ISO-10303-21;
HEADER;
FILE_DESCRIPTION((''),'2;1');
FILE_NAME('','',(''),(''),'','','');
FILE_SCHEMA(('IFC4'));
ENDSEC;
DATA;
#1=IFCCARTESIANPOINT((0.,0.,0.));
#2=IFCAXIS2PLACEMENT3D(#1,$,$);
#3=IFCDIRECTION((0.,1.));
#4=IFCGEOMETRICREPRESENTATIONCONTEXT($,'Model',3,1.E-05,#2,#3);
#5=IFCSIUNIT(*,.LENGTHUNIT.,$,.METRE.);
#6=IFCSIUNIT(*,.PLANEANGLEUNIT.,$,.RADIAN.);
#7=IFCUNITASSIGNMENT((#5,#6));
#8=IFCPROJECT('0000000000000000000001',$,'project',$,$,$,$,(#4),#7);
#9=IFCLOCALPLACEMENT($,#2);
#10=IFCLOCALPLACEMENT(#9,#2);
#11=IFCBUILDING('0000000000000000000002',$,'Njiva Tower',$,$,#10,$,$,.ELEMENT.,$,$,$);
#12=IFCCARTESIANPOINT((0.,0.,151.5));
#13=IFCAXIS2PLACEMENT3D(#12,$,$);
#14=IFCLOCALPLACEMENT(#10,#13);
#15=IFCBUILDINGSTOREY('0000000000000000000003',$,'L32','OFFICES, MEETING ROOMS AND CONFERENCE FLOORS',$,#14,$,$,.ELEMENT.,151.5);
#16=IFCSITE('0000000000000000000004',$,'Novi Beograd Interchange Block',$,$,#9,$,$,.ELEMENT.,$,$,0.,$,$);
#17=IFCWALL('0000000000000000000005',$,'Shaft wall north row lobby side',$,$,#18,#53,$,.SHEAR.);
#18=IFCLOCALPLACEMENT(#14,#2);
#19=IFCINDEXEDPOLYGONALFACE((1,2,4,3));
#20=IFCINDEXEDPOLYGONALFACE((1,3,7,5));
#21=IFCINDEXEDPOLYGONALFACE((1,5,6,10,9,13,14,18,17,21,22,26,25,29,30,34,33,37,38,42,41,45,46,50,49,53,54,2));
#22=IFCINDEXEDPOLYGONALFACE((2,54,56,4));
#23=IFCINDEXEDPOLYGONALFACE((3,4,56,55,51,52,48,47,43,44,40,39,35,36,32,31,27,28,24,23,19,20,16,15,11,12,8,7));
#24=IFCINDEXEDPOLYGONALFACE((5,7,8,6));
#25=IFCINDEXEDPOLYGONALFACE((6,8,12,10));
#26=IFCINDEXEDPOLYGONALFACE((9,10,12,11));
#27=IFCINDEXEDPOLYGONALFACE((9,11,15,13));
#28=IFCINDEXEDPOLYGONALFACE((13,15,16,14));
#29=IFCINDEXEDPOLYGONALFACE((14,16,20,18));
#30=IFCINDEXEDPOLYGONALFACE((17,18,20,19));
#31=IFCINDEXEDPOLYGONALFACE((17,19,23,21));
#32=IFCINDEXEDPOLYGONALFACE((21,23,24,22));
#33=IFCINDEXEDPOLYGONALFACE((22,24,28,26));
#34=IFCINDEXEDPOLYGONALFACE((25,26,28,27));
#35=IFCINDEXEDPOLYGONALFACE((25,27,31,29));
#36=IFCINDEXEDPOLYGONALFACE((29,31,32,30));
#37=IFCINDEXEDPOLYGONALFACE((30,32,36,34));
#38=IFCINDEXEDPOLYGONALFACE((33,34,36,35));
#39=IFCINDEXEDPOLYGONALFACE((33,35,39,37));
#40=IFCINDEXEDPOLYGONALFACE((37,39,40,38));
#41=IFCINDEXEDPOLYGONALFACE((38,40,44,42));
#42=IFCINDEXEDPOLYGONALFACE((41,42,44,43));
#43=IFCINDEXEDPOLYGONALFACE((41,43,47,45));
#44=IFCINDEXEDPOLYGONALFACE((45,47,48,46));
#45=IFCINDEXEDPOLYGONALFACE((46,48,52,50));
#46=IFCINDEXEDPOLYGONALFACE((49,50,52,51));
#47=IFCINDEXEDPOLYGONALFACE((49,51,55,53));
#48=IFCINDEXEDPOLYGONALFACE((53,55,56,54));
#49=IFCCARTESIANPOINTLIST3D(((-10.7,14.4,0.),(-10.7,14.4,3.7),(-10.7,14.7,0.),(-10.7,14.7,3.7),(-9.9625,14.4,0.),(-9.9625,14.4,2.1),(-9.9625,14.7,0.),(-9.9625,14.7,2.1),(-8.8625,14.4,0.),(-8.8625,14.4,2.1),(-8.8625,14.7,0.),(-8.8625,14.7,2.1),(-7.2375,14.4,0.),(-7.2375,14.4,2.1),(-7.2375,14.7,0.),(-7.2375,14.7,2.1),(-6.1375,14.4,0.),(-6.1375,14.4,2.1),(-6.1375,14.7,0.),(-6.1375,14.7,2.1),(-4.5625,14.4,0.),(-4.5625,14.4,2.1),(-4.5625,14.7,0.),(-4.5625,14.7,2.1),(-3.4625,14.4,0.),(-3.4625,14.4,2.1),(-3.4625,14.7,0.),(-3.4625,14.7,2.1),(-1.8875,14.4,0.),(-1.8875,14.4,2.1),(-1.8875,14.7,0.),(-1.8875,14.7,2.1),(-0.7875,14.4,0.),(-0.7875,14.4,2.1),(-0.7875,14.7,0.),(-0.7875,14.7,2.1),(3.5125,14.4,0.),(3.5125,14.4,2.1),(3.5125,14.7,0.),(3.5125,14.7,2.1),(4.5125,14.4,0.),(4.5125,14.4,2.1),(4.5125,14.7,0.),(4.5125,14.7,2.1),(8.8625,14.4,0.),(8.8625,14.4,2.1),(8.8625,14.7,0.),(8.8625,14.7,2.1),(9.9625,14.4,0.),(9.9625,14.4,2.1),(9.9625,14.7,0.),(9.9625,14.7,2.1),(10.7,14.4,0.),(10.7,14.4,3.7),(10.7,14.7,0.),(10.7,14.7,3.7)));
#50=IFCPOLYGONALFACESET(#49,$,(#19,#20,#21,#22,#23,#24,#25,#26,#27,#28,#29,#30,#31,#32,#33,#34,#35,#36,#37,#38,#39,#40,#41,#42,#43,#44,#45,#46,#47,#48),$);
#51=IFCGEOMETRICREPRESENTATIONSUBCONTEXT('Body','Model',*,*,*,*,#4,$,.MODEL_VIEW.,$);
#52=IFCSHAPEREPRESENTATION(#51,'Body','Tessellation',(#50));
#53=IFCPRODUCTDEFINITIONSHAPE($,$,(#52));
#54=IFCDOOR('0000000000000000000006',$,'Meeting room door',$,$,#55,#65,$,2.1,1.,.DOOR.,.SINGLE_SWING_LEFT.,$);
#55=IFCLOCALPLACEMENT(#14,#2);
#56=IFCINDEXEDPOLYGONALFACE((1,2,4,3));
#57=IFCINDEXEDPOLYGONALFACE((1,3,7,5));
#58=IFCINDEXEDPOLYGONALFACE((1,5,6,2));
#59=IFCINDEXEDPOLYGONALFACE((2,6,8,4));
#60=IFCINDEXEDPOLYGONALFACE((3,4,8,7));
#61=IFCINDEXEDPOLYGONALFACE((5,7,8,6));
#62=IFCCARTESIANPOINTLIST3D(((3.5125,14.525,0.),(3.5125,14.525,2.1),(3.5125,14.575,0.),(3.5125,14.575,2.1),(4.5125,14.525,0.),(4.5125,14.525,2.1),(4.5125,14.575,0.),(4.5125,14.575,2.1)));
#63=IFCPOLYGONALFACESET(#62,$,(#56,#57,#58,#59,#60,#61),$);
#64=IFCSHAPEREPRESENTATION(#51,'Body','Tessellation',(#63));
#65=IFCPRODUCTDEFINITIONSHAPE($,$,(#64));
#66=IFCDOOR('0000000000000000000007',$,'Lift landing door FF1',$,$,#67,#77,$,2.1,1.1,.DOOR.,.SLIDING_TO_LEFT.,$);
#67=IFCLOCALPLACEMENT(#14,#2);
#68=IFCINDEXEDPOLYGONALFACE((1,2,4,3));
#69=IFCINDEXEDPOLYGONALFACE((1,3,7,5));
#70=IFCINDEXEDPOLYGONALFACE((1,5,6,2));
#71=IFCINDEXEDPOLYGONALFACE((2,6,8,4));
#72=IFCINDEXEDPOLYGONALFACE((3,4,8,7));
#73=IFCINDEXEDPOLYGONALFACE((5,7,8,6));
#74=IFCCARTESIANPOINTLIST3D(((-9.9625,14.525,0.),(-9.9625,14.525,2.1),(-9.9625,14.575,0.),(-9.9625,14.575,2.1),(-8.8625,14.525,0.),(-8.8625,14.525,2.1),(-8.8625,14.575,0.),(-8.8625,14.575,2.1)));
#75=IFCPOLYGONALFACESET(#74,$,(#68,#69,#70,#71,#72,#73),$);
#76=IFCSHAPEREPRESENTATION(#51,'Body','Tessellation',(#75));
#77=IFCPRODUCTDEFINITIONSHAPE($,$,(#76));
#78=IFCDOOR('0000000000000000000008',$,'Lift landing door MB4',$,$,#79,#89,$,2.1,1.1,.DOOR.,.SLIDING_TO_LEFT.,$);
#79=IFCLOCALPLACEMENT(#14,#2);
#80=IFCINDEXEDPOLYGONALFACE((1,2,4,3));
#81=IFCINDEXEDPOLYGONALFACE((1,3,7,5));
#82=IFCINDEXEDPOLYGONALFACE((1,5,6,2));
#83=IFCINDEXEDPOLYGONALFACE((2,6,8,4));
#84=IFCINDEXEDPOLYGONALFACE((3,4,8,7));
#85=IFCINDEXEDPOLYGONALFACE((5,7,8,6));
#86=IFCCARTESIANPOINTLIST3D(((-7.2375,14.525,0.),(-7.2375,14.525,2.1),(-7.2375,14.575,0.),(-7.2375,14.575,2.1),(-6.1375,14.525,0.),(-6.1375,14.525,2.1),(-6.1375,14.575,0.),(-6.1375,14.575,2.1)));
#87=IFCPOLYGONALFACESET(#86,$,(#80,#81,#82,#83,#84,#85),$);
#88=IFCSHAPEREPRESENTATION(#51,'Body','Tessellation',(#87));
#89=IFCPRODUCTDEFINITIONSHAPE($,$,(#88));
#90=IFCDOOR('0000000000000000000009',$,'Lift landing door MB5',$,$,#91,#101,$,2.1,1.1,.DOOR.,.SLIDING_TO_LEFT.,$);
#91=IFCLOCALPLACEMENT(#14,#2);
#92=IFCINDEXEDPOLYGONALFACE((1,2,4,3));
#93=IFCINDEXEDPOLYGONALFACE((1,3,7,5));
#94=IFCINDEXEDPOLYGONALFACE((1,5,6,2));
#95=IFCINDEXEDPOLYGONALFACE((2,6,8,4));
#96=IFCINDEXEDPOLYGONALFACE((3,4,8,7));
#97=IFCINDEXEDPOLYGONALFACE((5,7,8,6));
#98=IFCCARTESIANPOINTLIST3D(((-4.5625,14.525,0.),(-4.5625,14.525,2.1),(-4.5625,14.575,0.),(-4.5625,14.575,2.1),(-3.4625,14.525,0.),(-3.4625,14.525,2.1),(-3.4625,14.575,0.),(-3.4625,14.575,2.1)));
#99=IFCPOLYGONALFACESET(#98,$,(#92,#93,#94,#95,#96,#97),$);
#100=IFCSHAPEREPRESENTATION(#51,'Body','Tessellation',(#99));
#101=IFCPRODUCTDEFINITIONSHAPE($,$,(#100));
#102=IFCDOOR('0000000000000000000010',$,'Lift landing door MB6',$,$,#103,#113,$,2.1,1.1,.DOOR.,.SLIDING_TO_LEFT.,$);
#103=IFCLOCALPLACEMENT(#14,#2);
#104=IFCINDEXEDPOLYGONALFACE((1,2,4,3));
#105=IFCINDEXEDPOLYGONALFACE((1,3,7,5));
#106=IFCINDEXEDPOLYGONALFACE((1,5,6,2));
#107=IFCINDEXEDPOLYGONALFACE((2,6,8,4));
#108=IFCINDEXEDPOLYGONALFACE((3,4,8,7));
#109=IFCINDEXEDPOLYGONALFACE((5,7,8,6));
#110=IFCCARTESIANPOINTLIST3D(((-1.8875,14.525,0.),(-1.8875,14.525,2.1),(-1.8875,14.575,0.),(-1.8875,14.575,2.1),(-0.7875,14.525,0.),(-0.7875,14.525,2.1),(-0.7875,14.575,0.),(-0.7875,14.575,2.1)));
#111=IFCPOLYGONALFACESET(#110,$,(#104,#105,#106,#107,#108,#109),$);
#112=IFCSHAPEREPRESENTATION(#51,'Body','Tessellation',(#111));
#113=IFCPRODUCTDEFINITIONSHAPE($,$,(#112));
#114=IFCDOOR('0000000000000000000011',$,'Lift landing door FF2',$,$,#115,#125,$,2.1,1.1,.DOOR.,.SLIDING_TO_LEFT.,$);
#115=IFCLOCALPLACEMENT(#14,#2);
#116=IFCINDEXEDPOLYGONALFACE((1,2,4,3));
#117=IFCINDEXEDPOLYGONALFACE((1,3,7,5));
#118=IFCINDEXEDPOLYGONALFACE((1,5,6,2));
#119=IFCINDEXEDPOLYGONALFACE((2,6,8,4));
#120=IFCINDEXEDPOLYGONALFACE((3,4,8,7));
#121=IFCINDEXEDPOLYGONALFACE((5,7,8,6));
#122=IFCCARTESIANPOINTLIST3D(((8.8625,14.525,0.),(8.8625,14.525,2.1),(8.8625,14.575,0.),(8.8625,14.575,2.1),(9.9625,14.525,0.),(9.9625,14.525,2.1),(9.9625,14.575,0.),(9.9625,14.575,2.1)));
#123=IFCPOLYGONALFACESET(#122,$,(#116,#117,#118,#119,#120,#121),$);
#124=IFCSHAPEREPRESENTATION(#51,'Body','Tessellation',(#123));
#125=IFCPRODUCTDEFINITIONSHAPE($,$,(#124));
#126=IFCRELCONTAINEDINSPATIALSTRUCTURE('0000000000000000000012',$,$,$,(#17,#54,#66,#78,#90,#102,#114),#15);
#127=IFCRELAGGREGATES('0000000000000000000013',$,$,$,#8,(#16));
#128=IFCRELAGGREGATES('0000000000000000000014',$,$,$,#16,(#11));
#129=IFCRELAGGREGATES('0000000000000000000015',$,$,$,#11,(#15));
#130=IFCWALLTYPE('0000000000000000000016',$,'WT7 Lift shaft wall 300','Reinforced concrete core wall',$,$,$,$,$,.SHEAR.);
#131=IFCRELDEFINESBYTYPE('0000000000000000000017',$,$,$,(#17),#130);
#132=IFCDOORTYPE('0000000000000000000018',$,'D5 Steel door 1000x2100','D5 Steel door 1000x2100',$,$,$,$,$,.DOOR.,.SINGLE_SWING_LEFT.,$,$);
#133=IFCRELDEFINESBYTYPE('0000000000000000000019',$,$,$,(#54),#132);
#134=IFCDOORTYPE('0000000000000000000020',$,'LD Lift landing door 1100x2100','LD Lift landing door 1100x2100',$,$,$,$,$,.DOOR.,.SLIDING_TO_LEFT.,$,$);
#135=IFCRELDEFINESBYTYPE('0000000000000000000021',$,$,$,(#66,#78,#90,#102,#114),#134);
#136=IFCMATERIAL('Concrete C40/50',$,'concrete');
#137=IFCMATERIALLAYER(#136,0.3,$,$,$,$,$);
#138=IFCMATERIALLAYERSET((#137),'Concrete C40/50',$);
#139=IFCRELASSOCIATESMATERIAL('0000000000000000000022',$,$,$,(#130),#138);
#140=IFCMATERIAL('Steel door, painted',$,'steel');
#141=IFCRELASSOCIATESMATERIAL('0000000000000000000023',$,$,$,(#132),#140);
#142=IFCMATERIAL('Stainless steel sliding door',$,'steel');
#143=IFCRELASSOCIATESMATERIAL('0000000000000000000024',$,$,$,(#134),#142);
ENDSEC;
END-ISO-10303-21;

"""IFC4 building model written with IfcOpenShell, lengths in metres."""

from ifc_helpers import new_model, si_unit, direction, frame, frame_2d, origin, place, context, subcontext, project, spatial, rectangle, extrude, material, layer, layer_set, type_object, element, fill, save


model = new_model("IFC4")

# Units and contexts
model_context = context("Model", 3, precision=1e-05, world=origin(), true_north=direction((0.0, 1.0)))
body_context = subcontext(model_context, "Body", "Model", "MODEL_VIEW")
ifc_project = project(units=[si_unit("LENGTHUNIT", "METRE"), si_unit("PLANEANGLEUNIT", "RADIAN")], contexts=[model_context])

# Site, building, storey
site_placement = place(None, origin())
site = spatial("IfcSite", under=ifc_project, at=site_placement, Name="Novi Beograd Interchange Block", CompositionType="ELEMENT", RefElevation=0.0)
building_placement = place(site_placement, origin())
building = spatial("IfcBuilding", under=site, at=building_placement, Name="Njiva Tower", CompositionType="ELEMENT")
storey_placement = place(building_placement, frame((0.0, 0.0, 151.5)))
storey = spatial("IfcBuildingStorey", under=building, at=storey_placement, Name="L32", Description="OFFICES, MEETING ROOMS AND CONFERENCE FLOORS", CompositionType="ELEMENT", Elevation=151.5)

# Shared definitions
ifc_material_1 = material(Name="Concrete C40/50", Category="concrete")

# Wall, openings, doors
ifc_layer_1 = layer(ifc_material_1, 0.3)
ifc_layer_set_1 = layer_set([ifc_layer_1], Name="Concrete C40/50")
wall_type_1 = type_object("IfcWallType", Name="WT7 Lift shaft wall 300", Description="Reinforced concrete core wall", PredefinedType="SHEAR", material=ifc_layer_set_1)
wall_1_placement = place(storey_placement, frame((-10.7, 14.55, 0.0), z_axis=(0.0, 0.0, 1.0), x_axis=(1.0, 0.0, 0.0)))
wall_1 = element("IfcWall", 1, at=wall_1_placement, inside=storey, type_object=wall_type_1, Name="Shaft wall north row lobby side", PredefinedType="SHEAR", context=body_context, shape_type="SweptSolid", body=[
    extrude(rectangle(XDim=21.4, YDim=0.3, at=frame_2d((10.7, 0.0))), origin(), (0.0, 0.0, 1.0), 3.7),
])
opening_1_placement = place(wall_1_placement, frame((0.7375, 0.0, 0.0)))
opening_1 = element("IfcOpeningElement", 2, at=opening_1_placement, cuts=wall_1, PredefinedType="OPENING", context=body_context, shape_type="SweptSolid", body=[
    extrude(rectangle(XDim=1.1, YDim=2.1, at=frame_2d((0.55, 1.05))), frame((0.0, 0.16, 0.0), z_axis=(0.0, -1.0, 0.0), x_axis=(1.0, 0.0, 0.0)), (0.0, 0.0, 1.0), 0.32),
])
opening_2_placement = place(wall_1_placement, frame((3.4625, 0.0, 0.0)))
opening_2 = element("IfcOpeningElement", 3, at=opening_2_placement, cuts=wall_1, PredefinedType="OPENING", context=body_context, shape_type="SweptSolid", body=[
    extrude(rectangle(XDim=1.1, YDim=2.1, at=frame_2d((0.55, 1.05))), frame((0.0, 0.16, 0.0), z_axis=(0.0, -1.0, 0.0), x_axis=(1.0, 0.0, 0.0)), (0.0, 0.0, 1.0), 0.32),
])
opening_3_placement = place(wall_1_placement, frame((6.1375, 0.0, 0.0)))
opening_3 = element("IfcOpeningElement", 4, at=opening_3_placement, cuts=wall_1, PredefinedType="OPENING", context=body_context, shape_type="SweptSolid", body=[
    extrude(rectangle(XDim=1.1, YDim=2.1, at=frame_2d((0.55, 1.05))), frame((0.0, 0.16, 0.0), z_axis=(0.0, -1.0, 0.0), x_axis=(1.0, 0.0, 0.0)), (0.0, 0.0, 1.0), 0.32),
])
opening_4_placement = place(wall_1_placement, frame((8.8125, 0.0, 0.0)))
opening_4 = element("IfcOpeningElement", 5, at=opening_4_placement, cuts=wall_1, PredefinedType="OPENING", context=body_context, shape_type="SweptSolid", body=[
    extrude(rectangle(XDim=1.1, YDim=2.1, at=frame_2d((0.55, 1.05))), frame((0.0, 0.16, 0.0), z_axis=(0.0, -1.0, 0.0), x_axis=(1.0, 0.0, 0.0)), (0.0, 0.0, 1.0), 0.32),
])
opening_5_placement = place(wall_1_placement, frame((19.5625, 0.0, 0.0)))
opening_5 = element("IfcOpeningElement", 6, at=opening_5_placement, cuts=wall_1, PredefinedType="OPENING", context=body_context, shape_type="SweptSolid", body=[
    extrude(rectangle(XDim=1.1, YDim=2.1, at=frame_2d((0.55, 1.05))), frame((0.0, 0.16, 0.0), z_axis=(0.0, -1.0, 0.0), x_axis=(1.0, 0.0, 0.0)), (0.0, 0.0, 1.0), 0.32),
])
opening_6_placement = place(wall_1_placement, frame((14.2125, 0.0, 0.0)))
opening_6 = element("IfcOpeningElement", 7, at=opening_6_placement, cuts=wall_1, PredefinedType="OPENING", context=body_context, shape_type="SweptSolid", body=[
    extrude(rectangle(XDim=1.0, YDim=2.1, at=frame_2d((0.5, 1.05))), frame((0.0, 0.16, 0.0), z_axis=(0.0, -1.0, 0.0), x_axis=(1.0, 0.0, 0.0)), (0.0, 0.0, 1.0), 0.32),
])
ifc_material_2 = material(Name="Steel door, painted", Category="steel")
door_type_1 = type_object("IfcDoorType", Name="D5 Steel door 1000x2100", Description="D5 Steel door 1000x2100", OperationType="SINGLE_SWING_LEFT", PredefinedType="DOOR", material=ifc_material_2)
door_1_placement = place(opening_6_placement, origin())
door_1 = element("IfcDoor", 8, at=door_1_placement, inside=storey, type_object=door_type_1, Name="Meeting room door", OperationType="SINGLE_SWING_LEFT", OverallHeight=2.1, OverallWidth=1.0, PredefinedType="DOOR", context=body_context, shape_type="SweptSolid", body=[
    extrude(rectangle(XDim=1.0, YDim=2.1, at=frame_2d((0.5, 1.05))), frame((0.0, 0.025, 0.0), z_axis=(0.0, -1.0, 0.0), x_axis=(1.0, 0.0, 0.0)), (0.0, 0.0, 1.0), 0.05),
])
fill(opening_6, door_1)
ifc_material_3 = material(Name="Stainless steel sliding door", Category="steel")
door_type_2 = type_object("IfcDoorType", Name="LD Lift landing door 1100x2100", Description="LD Lift landing door 1100x2100", OperationType="SLIDING_TO_LEFT", PredefinedType="DOOR", material=ifc_material_3)
door_2_placement = place(opening_1_placement, origin())
door_2 = element("IfcDoor", 9, at=door_2_placement, inside=storey, type_object=door_type_2, Name="Lift landing door FF1", OperationType="SLIDING_TO_LEFT", OverallHeight=2.1, OverallWidth=1.1, PredefinedType="DOOR", context=body_context, shape_type="SweptSolid", body=[
    extrude(rectangle(XDim=1.1, YDim=2.1, at=frame_2d((0.55, 1.05))), frame((0.0, 0.025, 0.0), z_axis=(0.0, -1.0, 0.0), x_axis=(1.0, 0.0, 0.0)), (0.0, 0.0, 1.0), 0.05),
])
fill(opening_1, door_2)
door_3_placement = place(opening_2_placement, origin())
door_3 = element("IfcDoor", 10, at=door_3_placement, inside=storey, type_object=door_type_2, Name="Lift landing door MB4", OperationType="SLIDING_TO_LEFT", OverallHeight=2.1, OverallWidth=1.1, PredefinedType="DOOR", context=body_context, shape_type="SweptSolid", body=[
    extrude(rectangle(XDim=1.1, YDim=2.1, at=frame_2d((0.55, 1.05))), frame((0.0, 0.025, 0.0), z_axis=(0.0, -1.0, 0.0), x_axis=(1.0, 0.0, 0.0)), (0.0, 0.0, 1.0), 0.05),
])
fill(opening_2, door_3)
door_4_placement = place(opening_3_placement, origin())
door_4 = element("IfcDoor", 11, at=door_4_placement, inside=storey, type_object=door_type_2, Name="Lift landing door MB5", OperationType="SLIDING_TO_LEFT", OverallHeight=2.1, OverallWidth=1.1, PredefinedType="DOOR", context=body_context, shape_type="SweptSolid", body=[
    extrude(rectangle(XDim=1.1, YDim=2.1, at=frame_2d((0.55, 1.05))), frame((0.0, 0.025, 0.0), z_axis=(0.0, -1.0, 0.0), x_axis=(1.0, 0.0, 0.0)), (0.0, 0.0, 1.0), 0.05),
])
fill(opening_3, door_4)
door_5_placement = place(opening_4_placement, origin())
door_5 = element("IfcDoor", 12, at=door_5_placement, inside=storey, type_object=door_type_2, Name="Lift landing door MB6", OperationType="SLIDING_TO_LEFT", OverallHeight=2.1, OverallWidth=1.1, PredefinedType="DOOR", context=body_context, shape_type="SweptSolid", body=[
    extrude(rectangle(XDim=1.1, YDim=2.1, at=frame_2d((0.55, 1.05))), frame((0.0, 0.025, 0.0), z_axis=(0.0, -1.0, 0.0), x_axis=(1.0, 0.0, 0.0)), (0.0, 0.0, 1.0), 0.05),
])
fill(opening_4, door_5)
door_6_placement = place(opening_5_placement, origin())
door_6 = element("IfcDoor", 13, at=door_6_placement, inside=storey, type_object=door_type_2, Name="Lift landing door FF2", OperationType="SLIDING_TO_LEFT", OverallHeight=2.1, OverallWidth=1.1, PredefinedType="DOOR", context=body_context, shape_type="SweptSolid", body=[
    extrude(rectangle(XDim=1.1, YDim=2.1, at=frame_2d((0.55, 1.05))), frame((0.0, 0.025, 0.0), z_axis=(0.0, -1.0, 0.0), x_axis=(1.0, 0.0, 0.0)), (0.0, 0.0, 1.0), 0.05),
])
fill(opening_5, door_6)

save(model, "model.ifc")
